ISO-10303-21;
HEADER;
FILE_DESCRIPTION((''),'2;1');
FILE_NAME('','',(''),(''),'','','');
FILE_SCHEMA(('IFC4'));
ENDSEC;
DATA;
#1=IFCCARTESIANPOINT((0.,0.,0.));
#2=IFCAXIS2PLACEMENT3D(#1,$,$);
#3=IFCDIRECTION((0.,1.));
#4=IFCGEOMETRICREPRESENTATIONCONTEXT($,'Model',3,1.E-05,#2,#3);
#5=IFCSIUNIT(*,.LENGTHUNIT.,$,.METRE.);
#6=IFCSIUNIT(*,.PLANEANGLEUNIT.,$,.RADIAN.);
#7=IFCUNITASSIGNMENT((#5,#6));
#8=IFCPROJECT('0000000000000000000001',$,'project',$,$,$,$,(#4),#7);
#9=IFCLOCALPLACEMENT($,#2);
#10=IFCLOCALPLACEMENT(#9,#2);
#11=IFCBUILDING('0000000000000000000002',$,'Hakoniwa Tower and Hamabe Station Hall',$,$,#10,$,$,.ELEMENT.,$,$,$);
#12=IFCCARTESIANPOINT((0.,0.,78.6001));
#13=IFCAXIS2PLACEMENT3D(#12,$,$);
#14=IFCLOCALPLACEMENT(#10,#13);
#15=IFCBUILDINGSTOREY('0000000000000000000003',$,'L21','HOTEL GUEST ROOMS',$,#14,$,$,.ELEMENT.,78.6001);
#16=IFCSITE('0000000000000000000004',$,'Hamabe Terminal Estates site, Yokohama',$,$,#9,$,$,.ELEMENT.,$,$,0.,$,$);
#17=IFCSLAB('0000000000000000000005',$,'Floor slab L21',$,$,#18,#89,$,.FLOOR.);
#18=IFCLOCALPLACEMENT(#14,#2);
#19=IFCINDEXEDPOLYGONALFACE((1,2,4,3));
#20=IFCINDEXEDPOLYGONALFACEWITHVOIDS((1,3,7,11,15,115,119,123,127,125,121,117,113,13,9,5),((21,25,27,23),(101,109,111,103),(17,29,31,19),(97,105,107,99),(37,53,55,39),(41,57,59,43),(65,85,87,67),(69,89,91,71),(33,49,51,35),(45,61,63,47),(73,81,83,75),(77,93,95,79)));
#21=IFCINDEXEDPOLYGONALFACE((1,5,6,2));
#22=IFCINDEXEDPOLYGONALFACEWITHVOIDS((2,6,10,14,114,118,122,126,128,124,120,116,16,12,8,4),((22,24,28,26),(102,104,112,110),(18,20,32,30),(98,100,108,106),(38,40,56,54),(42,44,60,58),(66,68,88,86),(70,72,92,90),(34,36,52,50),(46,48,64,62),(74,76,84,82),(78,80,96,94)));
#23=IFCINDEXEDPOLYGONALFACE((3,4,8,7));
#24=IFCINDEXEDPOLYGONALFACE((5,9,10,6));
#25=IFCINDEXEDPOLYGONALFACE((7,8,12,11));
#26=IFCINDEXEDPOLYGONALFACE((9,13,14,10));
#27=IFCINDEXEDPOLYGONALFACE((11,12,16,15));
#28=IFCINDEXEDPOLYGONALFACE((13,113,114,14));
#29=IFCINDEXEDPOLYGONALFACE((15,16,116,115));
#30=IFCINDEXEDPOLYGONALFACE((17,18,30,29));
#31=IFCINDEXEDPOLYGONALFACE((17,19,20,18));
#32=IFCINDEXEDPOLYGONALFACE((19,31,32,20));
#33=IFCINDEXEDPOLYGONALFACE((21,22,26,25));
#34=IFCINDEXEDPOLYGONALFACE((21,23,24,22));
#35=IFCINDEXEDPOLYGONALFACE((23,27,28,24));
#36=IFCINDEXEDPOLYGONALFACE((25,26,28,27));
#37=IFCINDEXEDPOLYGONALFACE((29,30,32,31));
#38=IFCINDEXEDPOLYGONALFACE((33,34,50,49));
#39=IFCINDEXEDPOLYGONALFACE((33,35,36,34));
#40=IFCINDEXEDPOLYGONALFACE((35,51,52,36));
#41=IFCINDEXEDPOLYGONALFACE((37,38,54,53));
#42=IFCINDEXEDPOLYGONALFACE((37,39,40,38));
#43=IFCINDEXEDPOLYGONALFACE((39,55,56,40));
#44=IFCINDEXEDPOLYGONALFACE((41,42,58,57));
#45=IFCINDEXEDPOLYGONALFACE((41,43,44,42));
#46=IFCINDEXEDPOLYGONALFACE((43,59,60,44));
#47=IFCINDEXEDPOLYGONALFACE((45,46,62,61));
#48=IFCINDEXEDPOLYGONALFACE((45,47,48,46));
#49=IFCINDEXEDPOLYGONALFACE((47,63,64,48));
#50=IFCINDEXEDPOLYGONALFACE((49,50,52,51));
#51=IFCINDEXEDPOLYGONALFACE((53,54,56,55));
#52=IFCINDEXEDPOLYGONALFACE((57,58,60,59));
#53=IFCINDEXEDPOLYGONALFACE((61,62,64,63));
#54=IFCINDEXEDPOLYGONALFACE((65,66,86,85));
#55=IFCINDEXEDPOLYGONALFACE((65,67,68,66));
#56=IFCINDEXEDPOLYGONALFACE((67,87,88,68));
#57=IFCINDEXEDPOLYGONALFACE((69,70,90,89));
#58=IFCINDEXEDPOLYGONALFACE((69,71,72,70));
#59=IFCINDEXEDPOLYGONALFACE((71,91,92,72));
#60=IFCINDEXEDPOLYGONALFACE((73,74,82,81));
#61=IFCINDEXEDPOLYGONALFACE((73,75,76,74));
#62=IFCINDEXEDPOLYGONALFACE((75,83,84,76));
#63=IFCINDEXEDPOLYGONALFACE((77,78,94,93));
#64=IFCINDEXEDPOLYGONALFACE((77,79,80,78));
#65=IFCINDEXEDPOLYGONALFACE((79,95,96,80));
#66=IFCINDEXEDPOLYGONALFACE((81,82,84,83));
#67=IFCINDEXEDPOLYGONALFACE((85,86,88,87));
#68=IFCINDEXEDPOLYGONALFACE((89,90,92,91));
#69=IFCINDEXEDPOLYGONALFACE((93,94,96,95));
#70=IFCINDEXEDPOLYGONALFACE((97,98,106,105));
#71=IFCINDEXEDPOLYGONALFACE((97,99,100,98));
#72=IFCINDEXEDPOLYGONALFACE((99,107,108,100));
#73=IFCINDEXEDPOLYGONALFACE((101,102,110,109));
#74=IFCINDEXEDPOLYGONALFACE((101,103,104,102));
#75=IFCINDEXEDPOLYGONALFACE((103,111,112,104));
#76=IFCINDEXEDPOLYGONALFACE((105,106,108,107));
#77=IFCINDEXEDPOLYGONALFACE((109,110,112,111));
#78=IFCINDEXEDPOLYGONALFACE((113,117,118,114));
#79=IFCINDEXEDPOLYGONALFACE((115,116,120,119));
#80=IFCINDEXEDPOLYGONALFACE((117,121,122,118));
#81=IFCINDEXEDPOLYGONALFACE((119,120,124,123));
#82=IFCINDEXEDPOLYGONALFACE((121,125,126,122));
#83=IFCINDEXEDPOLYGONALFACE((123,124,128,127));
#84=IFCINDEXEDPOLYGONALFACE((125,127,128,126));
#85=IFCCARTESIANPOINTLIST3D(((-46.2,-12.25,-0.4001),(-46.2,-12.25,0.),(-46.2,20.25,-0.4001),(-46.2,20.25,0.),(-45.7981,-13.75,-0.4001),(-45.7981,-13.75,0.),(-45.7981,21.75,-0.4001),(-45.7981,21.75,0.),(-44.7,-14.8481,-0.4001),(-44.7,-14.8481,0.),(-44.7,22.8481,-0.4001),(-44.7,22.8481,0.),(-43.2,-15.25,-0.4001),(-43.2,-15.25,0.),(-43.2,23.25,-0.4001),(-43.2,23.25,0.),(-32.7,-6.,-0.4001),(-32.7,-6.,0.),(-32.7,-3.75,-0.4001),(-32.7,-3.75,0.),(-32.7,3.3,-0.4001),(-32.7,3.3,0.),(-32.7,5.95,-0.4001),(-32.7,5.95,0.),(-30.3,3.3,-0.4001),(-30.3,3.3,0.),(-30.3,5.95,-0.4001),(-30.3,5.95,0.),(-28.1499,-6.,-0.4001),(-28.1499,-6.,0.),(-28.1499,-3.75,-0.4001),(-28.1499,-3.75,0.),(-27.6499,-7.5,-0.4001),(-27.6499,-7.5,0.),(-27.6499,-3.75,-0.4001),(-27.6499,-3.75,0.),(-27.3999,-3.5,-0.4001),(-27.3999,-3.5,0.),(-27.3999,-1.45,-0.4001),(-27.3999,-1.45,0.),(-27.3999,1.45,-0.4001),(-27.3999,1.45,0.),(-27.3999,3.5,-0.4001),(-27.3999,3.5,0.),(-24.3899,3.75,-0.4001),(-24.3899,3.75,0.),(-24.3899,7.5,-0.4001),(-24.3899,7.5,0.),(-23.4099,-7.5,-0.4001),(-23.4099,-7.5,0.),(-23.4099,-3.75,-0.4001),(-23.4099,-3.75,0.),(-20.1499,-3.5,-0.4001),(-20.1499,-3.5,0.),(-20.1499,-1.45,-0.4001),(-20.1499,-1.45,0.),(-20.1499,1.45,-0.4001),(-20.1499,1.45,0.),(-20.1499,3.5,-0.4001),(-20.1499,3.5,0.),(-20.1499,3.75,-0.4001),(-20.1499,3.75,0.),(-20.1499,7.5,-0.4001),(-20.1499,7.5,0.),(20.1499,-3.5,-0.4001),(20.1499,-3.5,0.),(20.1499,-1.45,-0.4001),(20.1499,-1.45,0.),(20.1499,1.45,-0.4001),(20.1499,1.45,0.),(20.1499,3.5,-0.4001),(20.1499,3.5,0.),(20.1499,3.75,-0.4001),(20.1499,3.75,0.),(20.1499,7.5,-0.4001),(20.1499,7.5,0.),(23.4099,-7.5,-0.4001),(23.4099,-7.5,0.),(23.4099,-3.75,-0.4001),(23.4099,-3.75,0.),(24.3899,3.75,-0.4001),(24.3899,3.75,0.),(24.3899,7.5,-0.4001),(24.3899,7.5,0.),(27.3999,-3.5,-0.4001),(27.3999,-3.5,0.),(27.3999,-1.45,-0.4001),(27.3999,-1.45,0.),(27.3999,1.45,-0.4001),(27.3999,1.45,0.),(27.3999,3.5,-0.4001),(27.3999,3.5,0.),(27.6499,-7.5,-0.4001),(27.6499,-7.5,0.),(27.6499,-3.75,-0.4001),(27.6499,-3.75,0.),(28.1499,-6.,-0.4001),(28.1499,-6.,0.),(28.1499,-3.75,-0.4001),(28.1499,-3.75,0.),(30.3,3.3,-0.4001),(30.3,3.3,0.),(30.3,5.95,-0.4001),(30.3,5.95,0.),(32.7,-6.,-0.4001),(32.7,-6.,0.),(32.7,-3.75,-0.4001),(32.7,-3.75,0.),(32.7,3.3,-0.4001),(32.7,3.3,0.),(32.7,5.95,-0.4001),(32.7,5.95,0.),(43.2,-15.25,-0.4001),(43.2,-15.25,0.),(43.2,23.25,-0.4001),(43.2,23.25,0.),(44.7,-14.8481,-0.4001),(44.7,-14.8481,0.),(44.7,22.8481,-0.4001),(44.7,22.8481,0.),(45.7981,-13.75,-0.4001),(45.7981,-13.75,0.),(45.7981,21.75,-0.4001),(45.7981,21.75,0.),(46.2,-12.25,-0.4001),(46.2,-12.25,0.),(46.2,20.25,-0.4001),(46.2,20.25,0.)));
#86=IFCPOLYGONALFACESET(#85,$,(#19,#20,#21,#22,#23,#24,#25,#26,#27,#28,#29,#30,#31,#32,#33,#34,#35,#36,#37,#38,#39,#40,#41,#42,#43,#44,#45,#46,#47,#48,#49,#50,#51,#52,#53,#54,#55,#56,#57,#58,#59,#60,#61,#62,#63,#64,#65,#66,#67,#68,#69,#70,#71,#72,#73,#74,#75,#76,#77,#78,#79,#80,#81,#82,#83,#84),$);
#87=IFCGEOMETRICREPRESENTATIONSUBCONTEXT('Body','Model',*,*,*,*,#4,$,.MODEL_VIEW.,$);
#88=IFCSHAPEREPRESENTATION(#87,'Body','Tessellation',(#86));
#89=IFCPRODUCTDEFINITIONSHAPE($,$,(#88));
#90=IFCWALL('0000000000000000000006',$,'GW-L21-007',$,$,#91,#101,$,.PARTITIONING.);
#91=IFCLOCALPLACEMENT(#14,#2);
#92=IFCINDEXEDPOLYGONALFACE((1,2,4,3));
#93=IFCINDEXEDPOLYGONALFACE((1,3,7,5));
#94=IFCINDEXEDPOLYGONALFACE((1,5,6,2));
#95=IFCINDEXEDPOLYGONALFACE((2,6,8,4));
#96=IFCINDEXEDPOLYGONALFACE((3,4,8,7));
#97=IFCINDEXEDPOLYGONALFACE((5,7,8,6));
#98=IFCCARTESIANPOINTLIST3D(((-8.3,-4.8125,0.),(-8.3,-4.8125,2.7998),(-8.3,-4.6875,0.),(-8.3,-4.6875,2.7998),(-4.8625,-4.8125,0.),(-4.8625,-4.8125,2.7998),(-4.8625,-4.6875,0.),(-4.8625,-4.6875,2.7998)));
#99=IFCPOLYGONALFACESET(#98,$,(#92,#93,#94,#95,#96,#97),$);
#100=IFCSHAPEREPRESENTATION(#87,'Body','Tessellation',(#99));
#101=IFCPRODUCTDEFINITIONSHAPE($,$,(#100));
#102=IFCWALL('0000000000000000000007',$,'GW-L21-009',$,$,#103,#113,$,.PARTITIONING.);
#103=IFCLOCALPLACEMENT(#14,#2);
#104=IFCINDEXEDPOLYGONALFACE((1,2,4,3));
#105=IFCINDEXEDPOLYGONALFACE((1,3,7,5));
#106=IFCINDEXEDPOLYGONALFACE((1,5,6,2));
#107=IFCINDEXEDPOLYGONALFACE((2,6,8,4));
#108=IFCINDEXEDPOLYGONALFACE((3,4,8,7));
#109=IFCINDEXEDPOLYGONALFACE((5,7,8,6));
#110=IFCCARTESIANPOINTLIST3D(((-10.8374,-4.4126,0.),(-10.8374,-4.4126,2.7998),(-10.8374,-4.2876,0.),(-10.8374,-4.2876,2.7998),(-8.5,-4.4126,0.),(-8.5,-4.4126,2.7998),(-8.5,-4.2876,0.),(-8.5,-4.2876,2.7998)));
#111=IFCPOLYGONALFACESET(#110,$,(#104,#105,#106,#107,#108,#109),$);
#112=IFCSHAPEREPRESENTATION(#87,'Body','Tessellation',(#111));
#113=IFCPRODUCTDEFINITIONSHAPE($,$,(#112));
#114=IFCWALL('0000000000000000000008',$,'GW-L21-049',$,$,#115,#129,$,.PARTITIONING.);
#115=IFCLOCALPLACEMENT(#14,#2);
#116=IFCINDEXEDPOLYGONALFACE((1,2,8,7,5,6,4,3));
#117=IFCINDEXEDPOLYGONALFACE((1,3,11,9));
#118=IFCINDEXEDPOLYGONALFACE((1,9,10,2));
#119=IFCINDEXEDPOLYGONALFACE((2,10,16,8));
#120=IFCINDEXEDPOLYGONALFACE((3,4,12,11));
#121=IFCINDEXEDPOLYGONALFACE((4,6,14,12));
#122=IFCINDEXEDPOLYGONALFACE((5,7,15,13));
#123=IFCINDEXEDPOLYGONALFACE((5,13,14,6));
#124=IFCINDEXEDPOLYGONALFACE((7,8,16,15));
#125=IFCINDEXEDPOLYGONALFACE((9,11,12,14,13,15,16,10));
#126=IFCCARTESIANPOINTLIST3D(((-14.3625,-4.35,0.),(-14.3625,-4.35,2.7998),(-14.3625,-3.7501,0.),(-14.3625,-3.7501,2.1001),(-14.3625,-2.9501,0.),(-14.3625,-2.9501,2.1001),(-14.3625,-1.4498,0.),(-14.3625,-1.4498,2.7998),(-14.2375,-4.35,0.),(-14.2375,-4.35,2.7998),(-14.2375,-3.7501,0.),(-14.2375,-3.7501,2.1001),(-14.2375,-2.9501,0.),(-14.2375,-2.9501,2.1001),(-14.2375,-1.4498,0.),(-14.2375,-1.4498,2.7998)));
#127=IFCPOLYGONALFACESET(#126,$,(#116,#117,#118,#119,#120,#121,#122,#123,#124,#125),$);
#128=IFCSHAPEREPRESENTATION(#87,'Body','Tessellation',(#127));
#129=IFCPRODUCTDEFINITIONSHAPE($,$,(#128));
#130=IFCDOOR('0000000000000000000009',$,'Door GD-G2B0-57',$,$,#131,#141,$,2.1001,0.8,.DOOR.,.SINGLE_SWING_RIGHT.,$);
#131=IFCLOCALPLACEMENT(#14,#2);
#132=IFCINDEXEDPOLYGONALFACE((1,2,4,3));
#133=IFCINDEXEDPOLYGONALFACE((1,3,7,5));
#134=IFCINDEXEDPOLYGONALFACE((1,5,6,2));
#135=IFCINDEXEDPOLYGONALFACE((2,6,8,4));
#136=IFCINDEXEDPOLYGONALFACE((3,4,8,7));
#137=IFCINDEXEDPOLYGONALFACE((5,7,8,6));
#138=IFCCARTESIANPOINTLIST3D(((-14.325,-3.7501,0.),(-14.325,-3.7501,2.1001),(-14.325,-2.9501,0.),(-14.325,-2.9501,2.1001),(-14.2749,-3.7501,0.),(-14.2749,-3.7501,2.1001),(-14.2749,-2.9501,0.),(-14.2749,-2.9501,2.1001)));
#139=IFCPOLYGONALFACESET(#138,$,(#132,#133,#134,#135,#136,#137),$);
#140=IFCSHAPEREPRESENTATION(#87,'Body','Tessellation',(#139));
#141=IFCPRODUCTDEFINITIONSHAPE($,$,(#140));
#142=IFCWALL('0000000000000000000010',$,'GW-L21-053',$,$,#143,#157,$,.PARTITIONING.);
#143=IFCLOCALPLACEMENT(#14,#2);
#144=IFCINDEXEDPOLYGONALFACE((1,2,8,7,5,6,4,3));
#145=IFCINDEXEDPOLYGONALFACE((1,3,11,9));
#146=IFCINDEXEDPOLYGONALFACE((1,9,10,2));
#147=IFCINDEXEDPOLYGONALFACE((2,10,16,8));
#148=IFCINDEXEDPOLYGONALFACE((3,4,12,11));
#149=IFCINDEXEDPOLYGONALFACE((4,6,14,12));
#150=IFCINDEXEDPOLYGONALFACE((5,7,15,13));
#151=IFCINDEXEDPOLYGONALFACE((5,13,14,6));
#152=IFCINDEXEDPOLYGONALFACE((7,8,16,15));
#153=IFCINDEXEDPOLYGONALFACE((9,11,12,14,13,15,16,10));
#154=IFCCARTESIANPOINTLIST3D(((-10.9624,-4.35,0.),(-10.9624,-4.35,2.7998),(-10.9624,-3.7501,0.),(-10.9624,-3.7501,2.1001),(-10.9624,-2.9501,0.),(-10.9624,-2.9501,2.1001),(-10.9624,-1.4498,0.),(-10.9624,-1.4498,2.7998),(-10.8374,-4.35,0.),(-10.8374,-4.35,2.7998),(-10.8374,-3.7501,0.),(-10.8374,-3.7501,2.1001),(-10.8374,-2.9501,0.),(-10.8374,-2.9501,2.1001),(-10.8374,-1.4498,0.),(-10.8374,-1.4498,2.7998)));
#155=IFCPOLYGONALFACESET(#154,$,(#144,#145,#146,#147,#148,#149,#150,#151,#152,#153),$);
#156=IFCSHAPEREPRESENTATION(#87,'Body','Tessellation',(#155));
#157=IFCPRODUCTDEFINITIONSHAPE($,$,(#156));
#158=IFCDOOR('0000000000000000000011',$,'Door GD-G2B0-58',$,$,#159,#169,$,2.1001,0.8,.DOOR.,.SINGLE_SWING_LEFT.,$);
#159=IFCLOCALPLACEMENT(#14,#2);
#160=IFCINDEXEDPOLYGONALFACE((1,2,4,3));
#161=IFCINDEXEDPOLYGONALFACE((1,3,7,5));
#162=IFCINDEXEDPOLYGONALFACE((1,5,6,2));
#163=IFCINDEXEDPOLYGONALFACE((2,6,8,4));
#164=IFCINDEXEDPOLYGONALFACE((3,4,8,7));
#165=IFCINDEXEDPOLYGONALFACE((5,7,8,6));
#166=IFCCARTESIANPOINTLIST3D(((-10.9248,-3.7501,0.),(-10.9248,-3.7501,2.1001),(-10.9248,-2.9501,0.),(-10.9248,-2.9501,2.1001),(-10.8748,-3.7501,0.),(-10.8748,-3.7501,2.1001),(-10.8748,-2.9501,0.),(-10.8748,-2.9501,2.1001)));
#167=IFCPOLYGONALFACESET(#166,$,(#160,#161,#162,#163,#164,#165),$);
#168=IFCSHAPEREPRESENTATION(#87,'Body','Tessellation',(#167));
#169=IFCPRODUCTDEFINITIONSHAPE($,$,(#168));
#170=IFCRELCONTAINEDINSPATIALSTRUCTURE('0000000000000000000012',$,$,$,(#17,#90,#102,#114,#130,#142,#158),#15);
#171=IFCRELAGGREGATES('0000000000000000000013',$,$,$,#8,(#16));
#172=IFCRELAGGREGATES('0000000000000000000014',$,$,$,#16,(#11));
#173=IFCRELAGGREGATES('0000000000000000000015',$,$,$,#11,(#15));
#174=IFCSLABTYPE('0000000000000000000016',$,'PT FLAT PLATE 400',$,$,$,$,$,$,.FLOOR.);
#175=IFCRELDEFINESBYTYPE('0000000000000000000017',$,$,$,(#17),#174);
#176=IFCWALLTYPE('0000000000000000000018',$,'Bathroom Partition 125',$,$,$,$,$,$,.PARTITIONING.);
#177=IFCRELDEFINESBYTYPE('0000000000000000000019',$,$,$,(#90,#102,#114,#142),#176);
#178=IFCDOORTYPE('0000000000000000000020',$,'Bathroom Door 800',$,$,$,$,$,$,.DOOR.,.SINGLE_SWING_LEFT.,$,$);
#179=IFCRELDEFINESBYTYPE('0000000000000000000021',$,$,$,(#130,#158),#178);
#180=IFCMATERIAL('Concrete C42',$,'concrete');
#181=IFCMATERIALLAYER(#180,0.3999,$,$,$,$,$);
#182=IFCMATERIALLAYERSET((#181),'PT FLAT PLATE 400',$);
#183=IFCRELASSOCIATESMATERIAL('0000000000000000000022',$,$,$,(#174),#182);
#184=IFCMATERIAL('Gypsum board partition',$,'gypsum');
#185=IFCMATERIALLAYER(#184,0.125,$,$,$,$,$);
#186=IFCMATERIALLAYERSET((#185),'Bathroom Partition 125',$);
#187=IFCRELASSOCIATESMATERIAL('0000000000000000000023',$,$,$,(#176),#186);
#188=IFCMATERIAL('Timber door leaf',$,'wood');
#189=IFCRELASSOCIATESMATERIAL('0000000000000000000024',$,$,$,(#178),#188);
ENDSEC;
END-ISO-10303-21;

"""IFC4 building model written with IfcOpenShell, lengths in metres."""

from ifc_helpers import new_model, si_unit, direction, frame, frame_2d, origin, place, context, subcontext, project, spatial, polyline, rectangle, outline, extrude, material, layer, layer_set, type_object, element, fill, save


model = new_model("IFC4")

# Units and contexts
model_context = context("Model", 3, precision=1e-05, world=origin(), true_north=direction((0.0, 1.0)))
body_context = subcontext(model_context, "Body", "Model", "MODEL_VIEW")
ifc_project = project(units=[si_unit("LENGTHUNIT", "METRE"), si_unit("PLANEANGLEUNIT", "RADIAN")], contexts=[model_context])

# Site, building, storey
site_placement = place(None, origin())
site = spatial("IfcSite", under=ifc_project, at=site_placement, Name="Hamabe Terminal Estates site, Yokohama", CompositionType="ELEMENT", RefElevation=0.0)
building_placement = place(site_placement, origin())
building = spatial("IfcBuilding", under=site, at=building_placement, Name="Hakoniwa Tower and Hamabe Station Hall", CompositionType="ELEMENT")
storey_placement = place(building_placement, frame((0.0, 0.0, 78.6001)))
storey = spatial("IfcBuildingStorey", under=building, at=storey_placement, Name="L21", Description="HOTEL GUEST ROOMS", CompositionType="ELEMENT", Elevation=78.6001)

# Slab
ifc_material_1 = material(Name="Concrete C42", Category="concrete")
ifc_layer_1 = layer(ifc_material_1, 0.3999)
ifc_layer_set_1 = layer_set([ifc_layer_1], Name="PT FLAT PLATE 400")
slab_type = type_object("IfcSlabType", Name="PT FLAT PLATE 400", PredefinedType="FLOOR", material=ifc_layer_set_1)
slab_placement = place(storey_placement, frame((0.0, 0.0, -0.4001)))
element("IfcSlab", 1, at=slab_placement, inside=storey, type_object=slab_type, Name="Floor slab L21", PredefinedType="FLOOR", context=body_context, shape_type="SweptSolid", body=[
    extrude(outline(polyline([(46.2, -12.25), (46.2, 20.25), (45.7981, 21.75), (44.7, 22.8481), (43.2, 23.25), (-43.2, 23.25), (-44.7, 22.8481), (-45.7981, 21.75), (-46.2, 20.25), (-46.2, -12.25), (-45.7981, -13.75), (-44.7, -14.8481), (-43.2, -15.25), (43.2, -15.25), (44.7, -14.8481), (45.7981, -13.75), (46.2, -12.25)]), holes=[polyline([(-27.3999, 1.45), (-27.3999, 3.5), (-20.1499, 3.5), (-20.1499, 1.45), (-27.3999, 1.45)]), polyline([(-27.3999, -3.5), (-27.3999, -1.45), (-20.1499, -1.45), (-20.1499, -3.5), (-27.3999, -3.5)]), polyline([(-32.7, 3.3), (-32.7, 5.95), (-30.3, 5.95), (-30.3, 3.3), (-32.7, 3.3)]), polyline([(-32.7, -6.0), (-32.7, -3.75), (-28.1499, -3.75), (-28.1499, -6.0), (-32.7, -6.0)]), polyline([(-24.3899, 3.75), (-24.3899, 7.5), (-20.1499, 7.5), (-20.1499, 3.75), (-24.3899, 3.75)]), polyline([(-27.6499, -7.5), (-27.6499, -3.75), (-23.4099, -3.75), (-23.4099, -7.5), (-27.6499, -7.5)]), polyline([(20.1499, 1.45), (20.1499, 3.5), (27.3999, 3.5), (27.3999, 1.45), (20.1499, 1.45)]), polyline([(20.1499, -3.5), (20.1499, -1.45), (27.3999, -1.45), (27.3999, -3.5), (20.1499, -3.5)]), polyline([(30.3, 3.3), (30.3, 5.95), (32.7, 5.95), (32.7, 3.3), (30.3, 3.3)]), polyline([(28.1499, -6.0), (28.1499, -3.75), (32.7, -3.75), (32.7, -6.0), (28.1499, -6.0)]), polyline([(20.1499, 3.75), (20.1499, 7.5), (24.3899, 7.5), (24.3899, 3.75), (20.1499, 3.75)]), polyline([(23.4099, -7.5), (23.4099, -3.75), (27.6499, -3.75), (27.6499, -7.5), (23.4099, -7.5)])]), origin(), (0.0, 0.0, 1.0), 0.4001),
])

# Walls
ifc_material_2 = material(Name="Gypsum board partition", Category="gypsum")
ifc_layer_2 = layer(ifc_material_2, 0.125)
ifc_layer_set_2 = layer_set([ifc_layer_2], Name="Bathroom Partition 125")
wall_type_1 = type_object("IfcWallType", Name="Bathroom Partition 125", PredefinedType="PARTITIONING", material=ifc_layer_set_2)
wall_1_placement = place(storey_placement, frame((-8.3, -4.75, 0.0), z_axis=(0.0, 0.0, 1.0), x_axis=(1.0, 0.0, 0.0)))
element("IfcWall", 2, at=wall_1_placement, inside=storey, type_object=wall_type_1, Name="GW-L21-007", PredefinedType="PARTITIONING", context=body_context, shape_type="SweptSolid", body=[
    extrude(rectangle(XDim=3.4375, YDim=0.125, at=frame_2d((1.7188, 0.0))), origin(), (0.0, 0.0, 1.0), 2.7998),
])
wall_2_placement = place(storey_placement, frame((-10.8374, -4.3501, 0.0), z_axis=(0.0, 0.0, 1.0), x_axis=(1.0, 0.0, 0.0)))
element("IfcWall", 3, at=wall_2_placement, inside=storey, type_object=wall_type_1, Name="GW-L21-009", PredefinedType="PARTITIONING", context=body_context, shape_type="SweptSolid", body=[
    extrude(rectangle(XDim=2.3374, YDim=0.125, at=frame_2d((1.1687, 0.0))), origin(), (0.0, 0.0, 1.0), 2.7998),
])

# Walls, openings, doors
wall_3_placement = place(storey_placement, frame((-14.3, -4.3501, 0.0), z_axis=(0.0, 0.0, 1.0), x_axis=(0.0, 1.0, 0.0)))
wall_3 = element("IfcWall", 4, at=wall_3_placement, inside=storey, type_object=wall_type_1, Name="GW-L21-049", PredefinedType="PARTITIONING", context=body_context, shape_type="SweptSolid", body=[
    extrude(rectangle(XDim=2.9001, YDim=0.125, at=frame_2d((1.4502, 0.0))), origin(), (0.0, 0.0, 1.0), 2.7998),
])
opening_1_placement = place(wall_3_placement, frame((0.6001, 0.0, 0.0)))
opening_1 = element("IfcOpeningElement", 5, at=opening_1_placement, cuts=wall_3, PredefinedType="OPENING", context=body_context, shape_type="SweptSolid", body=[
    extrude(rectangle(XDim=0.8, YDim=2.1001, at=frame_2d((0.3999, 1.05))), frame((0.0, 0.0725, 0.0), z_axis=(0.0, -1.0, 0.0), x_axis=(1.0, 0.0, 0.0)), (0.0, 0.0, 1.0), 0.145),
])
ifc_material_3 = material(Name="Timber door leaf", Category="wood")
door_type_1 = type_object("IfcDoorType", Name="Bathroom Door 800", OperationType="SINGLE_SWING_LEFT", PredefinedType="DOOR", material=ifc_material_3)
door_1_placement = place(opening_1_placement, origin())
door_1 = element("IfcDoor", 6, at=door_1_placement, inside=storey, type_object=door_type_1, Name="Door GD-G2B0-57", OperationType="SINGLE_SWING_RIGHT", OverallHeight=2.1001, OverallWidth=0.8, PredefinedType="DOOR", context=body_context, shape_type="SweptSolid", body=[
    extrude(rectangle(XDim=0.8, YDim=2.1001, at=frame_2d((0.3999, 1.05))), frame((0.0, 0.0249, 0.0), z_axis=(0.0, -1.0, 0.0), x_axis=(1.0, 0.0, 0.0)), (0.0, 0.0, 1.0), 0.05),
])
fill(opening_1, door_1)
wall_4_placement = place(storey_placement, frame((-10.8999, -4.3501, 0.0), z_axis=(0.0, 0.0, 1.0), x_axis=(0.0, 1.0, 0.0)))
wall_4 = element("IfcWall", 7, at=wall_4_placement, inside=storey, type_object=wall_type_1, Name="GW-L21-053", PredefinedType="PARTITIONING", context=body_context, shape_type="SweptSolid", body=[
    extrude(rectangle(XDim=2.9001, YDim=0.125, at=frame_2d((1.4502, 0.0))), origin(), (0.0, 0.0, 1.0), 2.7998),
])
opening_2_placement = place(wall_4_placement, frame((0.6001, 0.0, 0.0)))
opening_2 = element("IfcOpeningElement", 8, at=opening_2_placement, cuts=wall_4, PredefinedType="OPENING", context=body_context, shape_type="SweptSolid", body=[
    extrude(rectangle(XDim=0.8, YDim=2.1001, at=frame_2d((0.3999, 1.05))), frame((0.0, 0.0725, 0.0), z_axis=(0.0, -1.0, 0.0), x_axis=(1.0, 0.0, 0.0)), (0.0, 0.0, 1.0), 0.145),
])
door_2_placement = place(opening_2_placement, origin())
door_2 = element("IfcDoor", 9, at=door_2_placement, inside=storey, type_object=door_type_1, Name="Door GD-G2B0-58", OperationType="SINGLE_SWING_LEFT", OverallHeight=2.1001, OverallWidth=0.8, PredefinedType="DOOR", context=body_context, shape_type="SweptSolid", body=[
    extrude(rectangle(XDim=0.8, YDim=2.1001, at=frame_2d((0.3999, 1.05))), frame((0.0, 0.0249, 0.0), z_axis=(0.0, -1.0, 0.0), x_axis=(1.0, 0.0, 0.0)), (0.0, 0.0, 1.0), 0.05),
])
fill(opening_2, door_2)

save(model, "model.ifc")
